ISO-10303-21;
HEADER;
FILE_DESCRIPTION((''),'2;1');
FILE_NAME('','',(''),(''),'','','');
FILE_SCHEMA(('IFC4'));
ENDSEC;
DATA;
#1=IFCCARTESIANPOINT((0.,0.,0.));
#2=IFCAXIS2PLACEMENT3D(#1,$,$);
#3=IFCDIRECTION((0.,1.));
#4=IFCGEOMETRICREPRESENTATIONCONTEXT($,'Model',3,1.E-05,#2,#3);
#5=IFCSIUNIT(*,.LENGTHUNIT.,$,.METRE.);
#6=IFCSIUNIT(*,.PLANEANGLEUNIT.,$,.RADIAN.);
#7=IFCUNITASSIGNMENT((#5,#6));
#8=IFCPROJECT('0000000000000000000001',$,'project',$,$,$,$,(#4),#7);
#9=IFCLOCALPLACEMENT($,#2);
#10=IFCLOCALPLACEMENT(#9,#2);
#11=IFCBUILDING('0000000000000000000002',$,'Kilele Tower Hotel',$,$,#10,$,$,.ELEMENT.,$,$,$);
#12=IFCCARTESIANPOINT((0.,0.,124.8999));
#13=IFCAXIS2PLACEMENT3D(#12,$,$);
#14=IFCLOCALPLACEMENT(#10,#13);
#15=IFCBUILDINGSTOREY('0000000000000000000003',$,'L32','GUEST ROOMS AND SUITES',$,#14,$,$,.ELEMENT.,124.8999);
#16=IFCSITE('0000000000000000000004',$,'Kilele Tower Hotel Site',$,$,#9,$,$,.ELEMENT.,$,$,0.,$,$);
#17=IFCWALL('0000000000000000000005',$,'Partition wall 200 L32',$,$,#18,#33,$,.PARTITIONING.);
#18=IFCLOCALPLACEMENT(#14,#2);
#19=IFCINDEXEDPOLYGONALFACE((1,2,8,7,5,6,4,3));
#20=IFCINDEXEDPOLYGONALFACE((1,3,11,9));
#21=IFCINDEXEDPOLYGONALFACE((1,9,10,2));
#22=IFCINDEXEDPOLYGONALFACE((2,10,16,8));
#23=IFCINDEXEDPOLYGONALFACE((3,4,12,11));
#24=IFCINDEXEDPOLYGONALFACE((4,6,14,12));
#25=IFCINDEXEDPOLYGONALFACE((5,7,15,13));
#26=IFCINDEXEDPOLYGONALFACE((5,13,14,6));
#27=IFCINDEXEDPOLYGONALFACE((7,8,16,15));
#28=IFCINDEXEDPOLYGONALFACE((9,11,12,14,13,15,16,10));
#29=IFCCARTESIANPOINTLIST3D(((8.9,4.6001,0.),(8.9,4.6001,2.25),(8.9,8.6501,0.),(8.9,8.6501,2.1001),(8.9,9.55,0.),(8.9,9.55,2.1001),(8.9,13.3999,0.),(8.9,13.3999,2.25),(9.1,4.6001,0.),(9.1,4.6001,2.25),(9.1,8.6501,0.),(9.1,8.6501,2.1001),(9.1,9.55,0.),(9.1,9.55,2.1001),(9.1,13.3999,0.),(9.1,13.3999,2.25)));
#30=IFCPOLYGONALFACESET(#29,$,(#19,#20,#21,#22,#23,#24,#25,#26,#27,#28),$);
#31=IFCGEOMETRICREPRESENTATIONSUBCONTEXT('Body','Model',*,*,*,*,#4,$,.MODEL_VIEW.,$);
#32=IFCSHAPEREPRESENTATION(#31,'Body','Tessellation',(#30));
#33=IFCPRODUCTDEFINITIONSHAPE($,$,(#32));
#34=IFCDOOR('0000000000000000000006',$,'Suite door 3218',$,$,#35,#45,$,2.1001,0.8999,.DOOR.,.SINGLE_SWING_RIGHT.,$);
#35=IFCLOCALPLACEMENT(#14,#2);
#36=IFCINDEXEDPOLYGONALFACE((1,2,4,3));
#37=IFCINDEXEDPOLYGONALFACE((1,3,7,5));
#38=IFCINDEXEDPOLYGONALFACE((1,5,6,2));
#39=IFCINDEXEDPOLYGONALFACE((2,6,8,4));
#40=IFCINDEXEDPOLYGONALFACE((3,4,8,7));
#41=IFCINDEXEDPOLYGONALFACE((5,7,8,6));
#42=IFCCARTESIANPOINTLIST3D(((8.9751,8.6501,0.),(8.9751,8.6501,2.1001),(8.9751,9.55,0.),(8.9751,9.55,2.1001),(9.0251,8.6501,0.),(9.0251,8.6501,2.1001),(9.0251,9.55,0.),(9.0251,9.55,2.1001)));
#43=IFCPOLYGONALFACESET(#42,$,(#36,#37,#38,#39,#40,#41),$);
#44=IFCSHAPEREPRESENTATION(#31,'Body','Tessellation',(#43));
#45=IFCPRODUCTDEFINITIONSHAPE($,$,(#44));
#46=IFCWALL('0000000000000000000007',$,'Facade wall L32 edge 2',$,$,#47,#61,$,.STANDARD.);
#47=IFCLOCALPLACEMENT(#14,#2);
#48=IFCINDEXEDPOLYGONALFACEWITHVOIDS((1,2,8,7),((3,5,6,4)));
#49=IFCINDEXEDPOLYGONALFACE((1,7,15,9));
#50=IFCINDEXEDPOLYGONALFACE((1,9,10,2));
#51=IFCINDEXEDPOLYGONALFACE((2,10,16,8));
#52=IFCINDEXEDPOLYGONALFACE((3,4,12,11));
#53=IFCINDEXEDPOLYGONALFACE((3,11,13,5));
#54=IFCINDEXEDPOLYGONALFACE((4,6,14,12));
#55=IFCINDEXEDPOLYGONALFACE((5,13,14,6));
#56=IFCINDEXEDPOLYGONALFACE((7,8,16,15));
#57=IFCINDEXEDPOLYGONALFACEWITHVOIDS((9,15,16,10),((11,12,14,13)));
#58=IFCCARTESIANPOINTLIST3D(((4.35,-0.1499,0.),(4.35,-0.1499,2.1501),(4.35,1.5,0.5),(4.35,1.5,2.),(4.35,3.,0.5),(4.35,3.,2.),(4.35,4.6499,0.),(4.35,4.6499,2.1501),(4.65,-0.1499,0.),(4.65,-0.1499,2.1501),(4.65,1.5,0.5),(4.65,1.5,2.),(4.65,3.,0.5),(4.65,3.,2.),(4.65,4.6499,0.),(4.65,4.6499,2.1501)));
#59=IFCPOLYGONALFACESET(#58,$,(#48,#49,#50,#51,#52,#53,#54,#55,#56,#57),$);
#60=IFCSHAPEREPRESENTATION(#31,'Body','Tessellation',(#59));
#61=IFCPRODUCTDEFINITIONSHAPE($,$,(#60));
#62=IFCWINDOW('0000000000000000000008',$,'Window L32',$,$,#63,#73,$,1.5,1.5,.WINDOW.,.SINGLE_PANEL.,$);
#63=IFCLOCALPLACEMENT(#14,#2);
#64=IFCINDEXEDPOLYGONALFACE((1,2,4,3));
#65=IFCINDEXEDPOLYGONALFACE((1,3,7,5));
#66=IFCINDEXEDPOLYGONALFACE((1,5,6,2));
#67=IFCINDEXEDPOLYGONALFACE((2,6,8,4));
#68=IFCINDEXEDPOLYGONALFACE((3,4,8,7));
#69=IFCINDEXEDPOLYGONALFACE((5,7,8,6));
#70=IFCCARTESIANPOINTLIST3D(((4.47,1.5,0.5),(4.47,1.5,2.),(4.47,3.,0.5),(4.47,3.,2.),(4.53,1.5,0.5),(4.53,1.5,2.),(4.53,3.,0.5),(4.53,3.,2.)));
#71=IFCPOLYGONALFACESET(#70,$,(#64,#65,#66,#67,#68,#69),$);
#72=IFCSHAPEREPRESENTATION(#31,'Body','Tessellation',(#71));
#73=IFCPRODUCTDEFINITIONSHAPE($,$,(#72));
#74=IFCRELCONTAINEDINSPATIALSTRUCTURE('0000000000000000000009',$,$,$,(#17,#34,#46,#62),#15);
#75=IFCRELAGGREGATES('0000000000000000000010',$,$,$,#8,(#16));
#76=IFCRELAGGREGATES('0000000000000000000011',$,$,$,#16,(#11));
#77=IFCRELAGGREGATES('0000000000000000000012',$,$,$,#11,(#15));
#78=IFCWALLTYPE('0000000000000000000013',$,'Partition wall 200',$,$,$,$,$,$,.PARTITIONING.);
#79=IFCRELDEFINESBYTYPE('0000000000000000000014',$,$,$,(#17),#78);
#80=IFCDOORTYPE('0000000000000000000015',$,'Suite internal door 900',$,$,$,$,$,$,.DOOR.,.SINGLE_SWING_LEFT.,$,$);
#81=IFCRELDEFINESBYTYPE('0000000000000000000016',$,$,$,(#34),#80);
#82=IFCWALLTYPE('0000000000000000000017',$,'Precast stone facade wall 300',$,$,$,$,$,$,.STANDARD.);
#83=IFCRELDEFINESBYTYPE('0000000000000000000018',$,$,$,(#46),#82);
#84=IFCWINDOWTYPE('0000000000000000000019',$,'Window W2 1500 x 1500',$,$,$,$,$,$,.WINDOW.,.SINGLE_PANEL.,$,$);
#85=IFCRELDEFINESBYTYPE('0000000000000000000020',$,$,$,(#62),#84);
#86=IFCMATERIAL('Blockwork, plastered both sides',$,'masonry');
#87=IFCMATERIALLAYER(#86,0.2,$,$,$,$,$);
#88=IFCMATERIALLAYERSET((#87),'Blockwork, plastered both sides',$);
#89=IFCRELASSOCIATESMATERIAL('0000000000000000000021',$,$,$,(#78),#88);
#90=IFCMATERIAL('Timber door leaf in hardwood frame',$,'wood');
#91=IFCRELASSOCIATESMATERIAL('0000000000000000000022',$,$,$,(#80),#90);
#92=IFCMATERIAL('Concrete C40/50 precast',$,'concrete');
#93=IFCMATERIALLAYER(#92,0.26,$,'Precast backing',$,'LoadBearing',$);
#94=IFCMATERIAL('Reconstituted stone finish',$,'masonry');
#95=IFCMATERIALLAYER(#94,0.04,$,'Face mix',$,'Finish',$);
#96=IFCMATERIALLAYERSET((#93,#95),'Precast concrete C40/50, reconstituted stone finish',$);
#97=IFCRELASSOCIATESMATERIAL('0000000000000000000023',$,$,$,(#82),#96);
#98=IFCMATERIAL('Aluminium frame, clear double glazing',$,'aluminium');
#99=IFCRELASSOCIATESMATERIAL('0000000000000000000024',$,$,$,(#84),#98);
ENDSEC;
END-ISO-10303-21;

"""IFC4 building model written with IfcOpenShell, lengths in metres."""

from ifc_helpers import new_model, si_unit, direction, frame, frame_2d, origin, place, context, subcontext, project, spatial, rectangle, extrude, material, layer, layer_set, type_object, element, fill, save


model = new_model("IFC4")

# Units and contexts
model_context = context("Model", 3, precision=1e-05, world=origin(), true_north=direction((0.0, 1.0)))
body_context = subcontext(model_context, "Body", "Model", "MODEL_VIEW")
ifc_project = project(units=[si_unit("LENGTHUNIT", "METRE"), si_unit("PLANEANGLEUNIT", "RADIAN")], contexts=[model_context])

# Site, building, storey
site_placement = place(None, origin())
site = spatial("IfcSite", under=ifc_project, at=site_placement, Name="Kilele Tower Hotel Site", CompositionType="ELEMENT", RefElevation=0.0)
building_placement = place(site_placement, origin())
building = spatial("IfcBuilding", under=site, at=building_placement, Name="Kilele Tower Hotel", CompositionType="ELEMENT")
storey_placement = place(building_placement, frame((0.0, 0.0, 124.8999)))
storey = spatial("IfcBuildingStorey", under=building, at=storey_placement, Name="L32", Description="GUEST ROOMS AND SUITES", CompositionType="ELEMENT", Elevation=124.8999)

# Wall, opening, door
ifc_material_1 = material(Name="Blockwork, plastered both sides", Category="masonry")
ifc_layer_1 = layer(ifc_material_1, 0.2)
ifc_layer_set_1 = layer_set([ifc_layer_1], Name="Blockwork, plastered both sides")
wall_type_1 = type_object("IfcWallType", Name="Partition wall 200", PredefinedType="PARTITIONING", material=ifc_layer_set_1)
wall_1_placement = place(storey_placement, frame((9.0, 4.6001, 0.0), z_axis=(0.0, 0.0, 1.0), x_axis=(0.0, 1.0, 0.0)))
wall_1 = element("IfcWall", 1, at=wall_1_placement, inside=storey, type_object=wall_type_1, Name="Partition wall 200 L32", PredefinedType="PARTITIONING", context=body_context, shape_type="SweptSolid", body=[
    extrude(rectangle(XDim=8.7998, YDim=0.2, at=frame_2d((4.3999, 0.0))), origin(), (0.0, 0.0, 1.0), 2.25),
])
opening_1_placement = place(wall_1_placement, frame((4.05, 0.0, 0.0)))
opening_1 = element("IfcOpeningElement", 2, at=opening_1_placement, cuts=wall_1, PredefinedType="OPENING", context=body_context, shape_type="SweptSolid", body=[
    extrude(rectangle(XDim=0.8999, YDim=2.1001, at=frame_2d((0.45, 1.05))), frame((0.0, 0.1099, 0.0), z_axis=(0.0, -1.0, 0.0), x_axis=(1.0, 0.0, 0.0)), (0.0, 0.0, 1.0), 0.22),
])
ifc_material_2 = material(Name="Timber door leaf in hardwood frame", Category="wood")
door_type = type_object("IfcDoorType", Name="Suite internal door 900", OperationType="SINGLE_SWING_LEFT", PredefinedType="DOOR", material=ifc_material_2)
door_placement = place(opening_1_placement, origin())
door = element("IfcDoor", 3, at=door_placement, inside=storey, type_object=door_type, Name="Suite door 3218", OperationType="SINGLE_SWING_RIGHT", OverallHeight=2.1001, OverallWidth=0.8999, PredefinedType="DOOR", context=body_context, shape_type="SweptSolid", body=[
    extrude(rectangle(XDim=0.8999, YDim=2.1001, at=frame_2d((0.45, 1.05))), frame((0.0, 0.0249, 0.0), z_axis=(0.0, -1.0, 0.0), x_axis=(1.0, 0.0, 0.0)), (0.0, 0.0, 1.0), 0.05),
])
fill(opening_1, door)

# Wall, opening, window
ifc_material_3 = material(Name="Concrete C40/50 precast", Category="concrete")
ifc_layer_2 = layer(ifc_material_3, 0.26, Name="Precast backing", Category="LoadBearing")
ifc_material_4 = material(Name="Reconstituted stone finish", Category="masonry")
ifc_layer_3 = layer(ifc_material_4, 0.04, Name="Face mix", Category="Finish")
ifc_layer_set_2 = layer_set([ifc_layer_2, ifc_layer_3], Name="Precast concrete C40/50, reconstituted stone finish")
wall_type_2 = type_object("IfcWallType", Name="Precast stone facade wall 300", PredefinedType="STANDARD", material=ifc_layer_set_2)
wall_2_placement = place(storey_placement, frame((4.5, 4.6499, 0.0), z_axis=(0.0, 0.0, 1.0), x_axis=(0.0, -1.0, 0.0)))
wall_2 = element("IfcWall", 4, at=wall_2_placement, inside=storey, type_object=wall_type_2, Name="Facade wall L32 edge 2", PredefinedType="STANDARD", context=body_context, shape_type="SweptSolid", body=[
    extrude(rectangle(XDim=4.7998, YDim=0.3, at=frame_2d((2.3999, 0.0))), origin(), (0.0, 0.0, 1.0), 2.1501),
])
opening_2_placement = place(wall_2_placement, frame((1.6499, 0.0, 0.5)))
opening_2 = element("IfcOpeningElement", 5, at=opening_2_placement, cuts=wall_2, PredefinedType="OPENING", context=body_context, shape_type="SweptSolid", body=[
    extrude(rectangle(XDim=1.5, YDim=1.5, at=frame_2d((0.75, 0.75))), frame((0.0, 0.1599, 0.0), z_axis=(0.0, -1.0, 0.0), x_axis=(1.0, 0.0, 0.0)), (0.0, 0.0, 1.0), 0.3201),
])
ifc_material_5 = material(Name="Aluminium frame, clear double glazing", Category="aluminium")
window_type = type_object("IfcWindowType", Name="Window W2 1500 x 1500", PartitioningType="SINGLE_PANEL", PredefinedType="WINDOW", material=ifc_material_5)
window_placement = place(opening_2_placement, origin())
window = element("IfcWindow", 6, at=window_placement, inside=storey, type_object=window_type, Name="Window L32", OverallHeight=1.5, OverallWidth=1.5, PartitioningType="SINGLE_PANEL", PredefinedType="WINDOW", context=body_context, shape_type="SweptSolid", body=[
    extrude(rectangle(XDim=1.5, YDim=1.5, at=frame_2d((0.75, 0.75))), frame((0.0, 0.03, 0.0), z_axis=(0.0, -1.0, 0.0), x_axis=(1.0, 0.0, 0.0)), (0.0, 0.0, 1.0), 0.0601),
])
fill(opening_2, window)

save(model, "model.ifc")
